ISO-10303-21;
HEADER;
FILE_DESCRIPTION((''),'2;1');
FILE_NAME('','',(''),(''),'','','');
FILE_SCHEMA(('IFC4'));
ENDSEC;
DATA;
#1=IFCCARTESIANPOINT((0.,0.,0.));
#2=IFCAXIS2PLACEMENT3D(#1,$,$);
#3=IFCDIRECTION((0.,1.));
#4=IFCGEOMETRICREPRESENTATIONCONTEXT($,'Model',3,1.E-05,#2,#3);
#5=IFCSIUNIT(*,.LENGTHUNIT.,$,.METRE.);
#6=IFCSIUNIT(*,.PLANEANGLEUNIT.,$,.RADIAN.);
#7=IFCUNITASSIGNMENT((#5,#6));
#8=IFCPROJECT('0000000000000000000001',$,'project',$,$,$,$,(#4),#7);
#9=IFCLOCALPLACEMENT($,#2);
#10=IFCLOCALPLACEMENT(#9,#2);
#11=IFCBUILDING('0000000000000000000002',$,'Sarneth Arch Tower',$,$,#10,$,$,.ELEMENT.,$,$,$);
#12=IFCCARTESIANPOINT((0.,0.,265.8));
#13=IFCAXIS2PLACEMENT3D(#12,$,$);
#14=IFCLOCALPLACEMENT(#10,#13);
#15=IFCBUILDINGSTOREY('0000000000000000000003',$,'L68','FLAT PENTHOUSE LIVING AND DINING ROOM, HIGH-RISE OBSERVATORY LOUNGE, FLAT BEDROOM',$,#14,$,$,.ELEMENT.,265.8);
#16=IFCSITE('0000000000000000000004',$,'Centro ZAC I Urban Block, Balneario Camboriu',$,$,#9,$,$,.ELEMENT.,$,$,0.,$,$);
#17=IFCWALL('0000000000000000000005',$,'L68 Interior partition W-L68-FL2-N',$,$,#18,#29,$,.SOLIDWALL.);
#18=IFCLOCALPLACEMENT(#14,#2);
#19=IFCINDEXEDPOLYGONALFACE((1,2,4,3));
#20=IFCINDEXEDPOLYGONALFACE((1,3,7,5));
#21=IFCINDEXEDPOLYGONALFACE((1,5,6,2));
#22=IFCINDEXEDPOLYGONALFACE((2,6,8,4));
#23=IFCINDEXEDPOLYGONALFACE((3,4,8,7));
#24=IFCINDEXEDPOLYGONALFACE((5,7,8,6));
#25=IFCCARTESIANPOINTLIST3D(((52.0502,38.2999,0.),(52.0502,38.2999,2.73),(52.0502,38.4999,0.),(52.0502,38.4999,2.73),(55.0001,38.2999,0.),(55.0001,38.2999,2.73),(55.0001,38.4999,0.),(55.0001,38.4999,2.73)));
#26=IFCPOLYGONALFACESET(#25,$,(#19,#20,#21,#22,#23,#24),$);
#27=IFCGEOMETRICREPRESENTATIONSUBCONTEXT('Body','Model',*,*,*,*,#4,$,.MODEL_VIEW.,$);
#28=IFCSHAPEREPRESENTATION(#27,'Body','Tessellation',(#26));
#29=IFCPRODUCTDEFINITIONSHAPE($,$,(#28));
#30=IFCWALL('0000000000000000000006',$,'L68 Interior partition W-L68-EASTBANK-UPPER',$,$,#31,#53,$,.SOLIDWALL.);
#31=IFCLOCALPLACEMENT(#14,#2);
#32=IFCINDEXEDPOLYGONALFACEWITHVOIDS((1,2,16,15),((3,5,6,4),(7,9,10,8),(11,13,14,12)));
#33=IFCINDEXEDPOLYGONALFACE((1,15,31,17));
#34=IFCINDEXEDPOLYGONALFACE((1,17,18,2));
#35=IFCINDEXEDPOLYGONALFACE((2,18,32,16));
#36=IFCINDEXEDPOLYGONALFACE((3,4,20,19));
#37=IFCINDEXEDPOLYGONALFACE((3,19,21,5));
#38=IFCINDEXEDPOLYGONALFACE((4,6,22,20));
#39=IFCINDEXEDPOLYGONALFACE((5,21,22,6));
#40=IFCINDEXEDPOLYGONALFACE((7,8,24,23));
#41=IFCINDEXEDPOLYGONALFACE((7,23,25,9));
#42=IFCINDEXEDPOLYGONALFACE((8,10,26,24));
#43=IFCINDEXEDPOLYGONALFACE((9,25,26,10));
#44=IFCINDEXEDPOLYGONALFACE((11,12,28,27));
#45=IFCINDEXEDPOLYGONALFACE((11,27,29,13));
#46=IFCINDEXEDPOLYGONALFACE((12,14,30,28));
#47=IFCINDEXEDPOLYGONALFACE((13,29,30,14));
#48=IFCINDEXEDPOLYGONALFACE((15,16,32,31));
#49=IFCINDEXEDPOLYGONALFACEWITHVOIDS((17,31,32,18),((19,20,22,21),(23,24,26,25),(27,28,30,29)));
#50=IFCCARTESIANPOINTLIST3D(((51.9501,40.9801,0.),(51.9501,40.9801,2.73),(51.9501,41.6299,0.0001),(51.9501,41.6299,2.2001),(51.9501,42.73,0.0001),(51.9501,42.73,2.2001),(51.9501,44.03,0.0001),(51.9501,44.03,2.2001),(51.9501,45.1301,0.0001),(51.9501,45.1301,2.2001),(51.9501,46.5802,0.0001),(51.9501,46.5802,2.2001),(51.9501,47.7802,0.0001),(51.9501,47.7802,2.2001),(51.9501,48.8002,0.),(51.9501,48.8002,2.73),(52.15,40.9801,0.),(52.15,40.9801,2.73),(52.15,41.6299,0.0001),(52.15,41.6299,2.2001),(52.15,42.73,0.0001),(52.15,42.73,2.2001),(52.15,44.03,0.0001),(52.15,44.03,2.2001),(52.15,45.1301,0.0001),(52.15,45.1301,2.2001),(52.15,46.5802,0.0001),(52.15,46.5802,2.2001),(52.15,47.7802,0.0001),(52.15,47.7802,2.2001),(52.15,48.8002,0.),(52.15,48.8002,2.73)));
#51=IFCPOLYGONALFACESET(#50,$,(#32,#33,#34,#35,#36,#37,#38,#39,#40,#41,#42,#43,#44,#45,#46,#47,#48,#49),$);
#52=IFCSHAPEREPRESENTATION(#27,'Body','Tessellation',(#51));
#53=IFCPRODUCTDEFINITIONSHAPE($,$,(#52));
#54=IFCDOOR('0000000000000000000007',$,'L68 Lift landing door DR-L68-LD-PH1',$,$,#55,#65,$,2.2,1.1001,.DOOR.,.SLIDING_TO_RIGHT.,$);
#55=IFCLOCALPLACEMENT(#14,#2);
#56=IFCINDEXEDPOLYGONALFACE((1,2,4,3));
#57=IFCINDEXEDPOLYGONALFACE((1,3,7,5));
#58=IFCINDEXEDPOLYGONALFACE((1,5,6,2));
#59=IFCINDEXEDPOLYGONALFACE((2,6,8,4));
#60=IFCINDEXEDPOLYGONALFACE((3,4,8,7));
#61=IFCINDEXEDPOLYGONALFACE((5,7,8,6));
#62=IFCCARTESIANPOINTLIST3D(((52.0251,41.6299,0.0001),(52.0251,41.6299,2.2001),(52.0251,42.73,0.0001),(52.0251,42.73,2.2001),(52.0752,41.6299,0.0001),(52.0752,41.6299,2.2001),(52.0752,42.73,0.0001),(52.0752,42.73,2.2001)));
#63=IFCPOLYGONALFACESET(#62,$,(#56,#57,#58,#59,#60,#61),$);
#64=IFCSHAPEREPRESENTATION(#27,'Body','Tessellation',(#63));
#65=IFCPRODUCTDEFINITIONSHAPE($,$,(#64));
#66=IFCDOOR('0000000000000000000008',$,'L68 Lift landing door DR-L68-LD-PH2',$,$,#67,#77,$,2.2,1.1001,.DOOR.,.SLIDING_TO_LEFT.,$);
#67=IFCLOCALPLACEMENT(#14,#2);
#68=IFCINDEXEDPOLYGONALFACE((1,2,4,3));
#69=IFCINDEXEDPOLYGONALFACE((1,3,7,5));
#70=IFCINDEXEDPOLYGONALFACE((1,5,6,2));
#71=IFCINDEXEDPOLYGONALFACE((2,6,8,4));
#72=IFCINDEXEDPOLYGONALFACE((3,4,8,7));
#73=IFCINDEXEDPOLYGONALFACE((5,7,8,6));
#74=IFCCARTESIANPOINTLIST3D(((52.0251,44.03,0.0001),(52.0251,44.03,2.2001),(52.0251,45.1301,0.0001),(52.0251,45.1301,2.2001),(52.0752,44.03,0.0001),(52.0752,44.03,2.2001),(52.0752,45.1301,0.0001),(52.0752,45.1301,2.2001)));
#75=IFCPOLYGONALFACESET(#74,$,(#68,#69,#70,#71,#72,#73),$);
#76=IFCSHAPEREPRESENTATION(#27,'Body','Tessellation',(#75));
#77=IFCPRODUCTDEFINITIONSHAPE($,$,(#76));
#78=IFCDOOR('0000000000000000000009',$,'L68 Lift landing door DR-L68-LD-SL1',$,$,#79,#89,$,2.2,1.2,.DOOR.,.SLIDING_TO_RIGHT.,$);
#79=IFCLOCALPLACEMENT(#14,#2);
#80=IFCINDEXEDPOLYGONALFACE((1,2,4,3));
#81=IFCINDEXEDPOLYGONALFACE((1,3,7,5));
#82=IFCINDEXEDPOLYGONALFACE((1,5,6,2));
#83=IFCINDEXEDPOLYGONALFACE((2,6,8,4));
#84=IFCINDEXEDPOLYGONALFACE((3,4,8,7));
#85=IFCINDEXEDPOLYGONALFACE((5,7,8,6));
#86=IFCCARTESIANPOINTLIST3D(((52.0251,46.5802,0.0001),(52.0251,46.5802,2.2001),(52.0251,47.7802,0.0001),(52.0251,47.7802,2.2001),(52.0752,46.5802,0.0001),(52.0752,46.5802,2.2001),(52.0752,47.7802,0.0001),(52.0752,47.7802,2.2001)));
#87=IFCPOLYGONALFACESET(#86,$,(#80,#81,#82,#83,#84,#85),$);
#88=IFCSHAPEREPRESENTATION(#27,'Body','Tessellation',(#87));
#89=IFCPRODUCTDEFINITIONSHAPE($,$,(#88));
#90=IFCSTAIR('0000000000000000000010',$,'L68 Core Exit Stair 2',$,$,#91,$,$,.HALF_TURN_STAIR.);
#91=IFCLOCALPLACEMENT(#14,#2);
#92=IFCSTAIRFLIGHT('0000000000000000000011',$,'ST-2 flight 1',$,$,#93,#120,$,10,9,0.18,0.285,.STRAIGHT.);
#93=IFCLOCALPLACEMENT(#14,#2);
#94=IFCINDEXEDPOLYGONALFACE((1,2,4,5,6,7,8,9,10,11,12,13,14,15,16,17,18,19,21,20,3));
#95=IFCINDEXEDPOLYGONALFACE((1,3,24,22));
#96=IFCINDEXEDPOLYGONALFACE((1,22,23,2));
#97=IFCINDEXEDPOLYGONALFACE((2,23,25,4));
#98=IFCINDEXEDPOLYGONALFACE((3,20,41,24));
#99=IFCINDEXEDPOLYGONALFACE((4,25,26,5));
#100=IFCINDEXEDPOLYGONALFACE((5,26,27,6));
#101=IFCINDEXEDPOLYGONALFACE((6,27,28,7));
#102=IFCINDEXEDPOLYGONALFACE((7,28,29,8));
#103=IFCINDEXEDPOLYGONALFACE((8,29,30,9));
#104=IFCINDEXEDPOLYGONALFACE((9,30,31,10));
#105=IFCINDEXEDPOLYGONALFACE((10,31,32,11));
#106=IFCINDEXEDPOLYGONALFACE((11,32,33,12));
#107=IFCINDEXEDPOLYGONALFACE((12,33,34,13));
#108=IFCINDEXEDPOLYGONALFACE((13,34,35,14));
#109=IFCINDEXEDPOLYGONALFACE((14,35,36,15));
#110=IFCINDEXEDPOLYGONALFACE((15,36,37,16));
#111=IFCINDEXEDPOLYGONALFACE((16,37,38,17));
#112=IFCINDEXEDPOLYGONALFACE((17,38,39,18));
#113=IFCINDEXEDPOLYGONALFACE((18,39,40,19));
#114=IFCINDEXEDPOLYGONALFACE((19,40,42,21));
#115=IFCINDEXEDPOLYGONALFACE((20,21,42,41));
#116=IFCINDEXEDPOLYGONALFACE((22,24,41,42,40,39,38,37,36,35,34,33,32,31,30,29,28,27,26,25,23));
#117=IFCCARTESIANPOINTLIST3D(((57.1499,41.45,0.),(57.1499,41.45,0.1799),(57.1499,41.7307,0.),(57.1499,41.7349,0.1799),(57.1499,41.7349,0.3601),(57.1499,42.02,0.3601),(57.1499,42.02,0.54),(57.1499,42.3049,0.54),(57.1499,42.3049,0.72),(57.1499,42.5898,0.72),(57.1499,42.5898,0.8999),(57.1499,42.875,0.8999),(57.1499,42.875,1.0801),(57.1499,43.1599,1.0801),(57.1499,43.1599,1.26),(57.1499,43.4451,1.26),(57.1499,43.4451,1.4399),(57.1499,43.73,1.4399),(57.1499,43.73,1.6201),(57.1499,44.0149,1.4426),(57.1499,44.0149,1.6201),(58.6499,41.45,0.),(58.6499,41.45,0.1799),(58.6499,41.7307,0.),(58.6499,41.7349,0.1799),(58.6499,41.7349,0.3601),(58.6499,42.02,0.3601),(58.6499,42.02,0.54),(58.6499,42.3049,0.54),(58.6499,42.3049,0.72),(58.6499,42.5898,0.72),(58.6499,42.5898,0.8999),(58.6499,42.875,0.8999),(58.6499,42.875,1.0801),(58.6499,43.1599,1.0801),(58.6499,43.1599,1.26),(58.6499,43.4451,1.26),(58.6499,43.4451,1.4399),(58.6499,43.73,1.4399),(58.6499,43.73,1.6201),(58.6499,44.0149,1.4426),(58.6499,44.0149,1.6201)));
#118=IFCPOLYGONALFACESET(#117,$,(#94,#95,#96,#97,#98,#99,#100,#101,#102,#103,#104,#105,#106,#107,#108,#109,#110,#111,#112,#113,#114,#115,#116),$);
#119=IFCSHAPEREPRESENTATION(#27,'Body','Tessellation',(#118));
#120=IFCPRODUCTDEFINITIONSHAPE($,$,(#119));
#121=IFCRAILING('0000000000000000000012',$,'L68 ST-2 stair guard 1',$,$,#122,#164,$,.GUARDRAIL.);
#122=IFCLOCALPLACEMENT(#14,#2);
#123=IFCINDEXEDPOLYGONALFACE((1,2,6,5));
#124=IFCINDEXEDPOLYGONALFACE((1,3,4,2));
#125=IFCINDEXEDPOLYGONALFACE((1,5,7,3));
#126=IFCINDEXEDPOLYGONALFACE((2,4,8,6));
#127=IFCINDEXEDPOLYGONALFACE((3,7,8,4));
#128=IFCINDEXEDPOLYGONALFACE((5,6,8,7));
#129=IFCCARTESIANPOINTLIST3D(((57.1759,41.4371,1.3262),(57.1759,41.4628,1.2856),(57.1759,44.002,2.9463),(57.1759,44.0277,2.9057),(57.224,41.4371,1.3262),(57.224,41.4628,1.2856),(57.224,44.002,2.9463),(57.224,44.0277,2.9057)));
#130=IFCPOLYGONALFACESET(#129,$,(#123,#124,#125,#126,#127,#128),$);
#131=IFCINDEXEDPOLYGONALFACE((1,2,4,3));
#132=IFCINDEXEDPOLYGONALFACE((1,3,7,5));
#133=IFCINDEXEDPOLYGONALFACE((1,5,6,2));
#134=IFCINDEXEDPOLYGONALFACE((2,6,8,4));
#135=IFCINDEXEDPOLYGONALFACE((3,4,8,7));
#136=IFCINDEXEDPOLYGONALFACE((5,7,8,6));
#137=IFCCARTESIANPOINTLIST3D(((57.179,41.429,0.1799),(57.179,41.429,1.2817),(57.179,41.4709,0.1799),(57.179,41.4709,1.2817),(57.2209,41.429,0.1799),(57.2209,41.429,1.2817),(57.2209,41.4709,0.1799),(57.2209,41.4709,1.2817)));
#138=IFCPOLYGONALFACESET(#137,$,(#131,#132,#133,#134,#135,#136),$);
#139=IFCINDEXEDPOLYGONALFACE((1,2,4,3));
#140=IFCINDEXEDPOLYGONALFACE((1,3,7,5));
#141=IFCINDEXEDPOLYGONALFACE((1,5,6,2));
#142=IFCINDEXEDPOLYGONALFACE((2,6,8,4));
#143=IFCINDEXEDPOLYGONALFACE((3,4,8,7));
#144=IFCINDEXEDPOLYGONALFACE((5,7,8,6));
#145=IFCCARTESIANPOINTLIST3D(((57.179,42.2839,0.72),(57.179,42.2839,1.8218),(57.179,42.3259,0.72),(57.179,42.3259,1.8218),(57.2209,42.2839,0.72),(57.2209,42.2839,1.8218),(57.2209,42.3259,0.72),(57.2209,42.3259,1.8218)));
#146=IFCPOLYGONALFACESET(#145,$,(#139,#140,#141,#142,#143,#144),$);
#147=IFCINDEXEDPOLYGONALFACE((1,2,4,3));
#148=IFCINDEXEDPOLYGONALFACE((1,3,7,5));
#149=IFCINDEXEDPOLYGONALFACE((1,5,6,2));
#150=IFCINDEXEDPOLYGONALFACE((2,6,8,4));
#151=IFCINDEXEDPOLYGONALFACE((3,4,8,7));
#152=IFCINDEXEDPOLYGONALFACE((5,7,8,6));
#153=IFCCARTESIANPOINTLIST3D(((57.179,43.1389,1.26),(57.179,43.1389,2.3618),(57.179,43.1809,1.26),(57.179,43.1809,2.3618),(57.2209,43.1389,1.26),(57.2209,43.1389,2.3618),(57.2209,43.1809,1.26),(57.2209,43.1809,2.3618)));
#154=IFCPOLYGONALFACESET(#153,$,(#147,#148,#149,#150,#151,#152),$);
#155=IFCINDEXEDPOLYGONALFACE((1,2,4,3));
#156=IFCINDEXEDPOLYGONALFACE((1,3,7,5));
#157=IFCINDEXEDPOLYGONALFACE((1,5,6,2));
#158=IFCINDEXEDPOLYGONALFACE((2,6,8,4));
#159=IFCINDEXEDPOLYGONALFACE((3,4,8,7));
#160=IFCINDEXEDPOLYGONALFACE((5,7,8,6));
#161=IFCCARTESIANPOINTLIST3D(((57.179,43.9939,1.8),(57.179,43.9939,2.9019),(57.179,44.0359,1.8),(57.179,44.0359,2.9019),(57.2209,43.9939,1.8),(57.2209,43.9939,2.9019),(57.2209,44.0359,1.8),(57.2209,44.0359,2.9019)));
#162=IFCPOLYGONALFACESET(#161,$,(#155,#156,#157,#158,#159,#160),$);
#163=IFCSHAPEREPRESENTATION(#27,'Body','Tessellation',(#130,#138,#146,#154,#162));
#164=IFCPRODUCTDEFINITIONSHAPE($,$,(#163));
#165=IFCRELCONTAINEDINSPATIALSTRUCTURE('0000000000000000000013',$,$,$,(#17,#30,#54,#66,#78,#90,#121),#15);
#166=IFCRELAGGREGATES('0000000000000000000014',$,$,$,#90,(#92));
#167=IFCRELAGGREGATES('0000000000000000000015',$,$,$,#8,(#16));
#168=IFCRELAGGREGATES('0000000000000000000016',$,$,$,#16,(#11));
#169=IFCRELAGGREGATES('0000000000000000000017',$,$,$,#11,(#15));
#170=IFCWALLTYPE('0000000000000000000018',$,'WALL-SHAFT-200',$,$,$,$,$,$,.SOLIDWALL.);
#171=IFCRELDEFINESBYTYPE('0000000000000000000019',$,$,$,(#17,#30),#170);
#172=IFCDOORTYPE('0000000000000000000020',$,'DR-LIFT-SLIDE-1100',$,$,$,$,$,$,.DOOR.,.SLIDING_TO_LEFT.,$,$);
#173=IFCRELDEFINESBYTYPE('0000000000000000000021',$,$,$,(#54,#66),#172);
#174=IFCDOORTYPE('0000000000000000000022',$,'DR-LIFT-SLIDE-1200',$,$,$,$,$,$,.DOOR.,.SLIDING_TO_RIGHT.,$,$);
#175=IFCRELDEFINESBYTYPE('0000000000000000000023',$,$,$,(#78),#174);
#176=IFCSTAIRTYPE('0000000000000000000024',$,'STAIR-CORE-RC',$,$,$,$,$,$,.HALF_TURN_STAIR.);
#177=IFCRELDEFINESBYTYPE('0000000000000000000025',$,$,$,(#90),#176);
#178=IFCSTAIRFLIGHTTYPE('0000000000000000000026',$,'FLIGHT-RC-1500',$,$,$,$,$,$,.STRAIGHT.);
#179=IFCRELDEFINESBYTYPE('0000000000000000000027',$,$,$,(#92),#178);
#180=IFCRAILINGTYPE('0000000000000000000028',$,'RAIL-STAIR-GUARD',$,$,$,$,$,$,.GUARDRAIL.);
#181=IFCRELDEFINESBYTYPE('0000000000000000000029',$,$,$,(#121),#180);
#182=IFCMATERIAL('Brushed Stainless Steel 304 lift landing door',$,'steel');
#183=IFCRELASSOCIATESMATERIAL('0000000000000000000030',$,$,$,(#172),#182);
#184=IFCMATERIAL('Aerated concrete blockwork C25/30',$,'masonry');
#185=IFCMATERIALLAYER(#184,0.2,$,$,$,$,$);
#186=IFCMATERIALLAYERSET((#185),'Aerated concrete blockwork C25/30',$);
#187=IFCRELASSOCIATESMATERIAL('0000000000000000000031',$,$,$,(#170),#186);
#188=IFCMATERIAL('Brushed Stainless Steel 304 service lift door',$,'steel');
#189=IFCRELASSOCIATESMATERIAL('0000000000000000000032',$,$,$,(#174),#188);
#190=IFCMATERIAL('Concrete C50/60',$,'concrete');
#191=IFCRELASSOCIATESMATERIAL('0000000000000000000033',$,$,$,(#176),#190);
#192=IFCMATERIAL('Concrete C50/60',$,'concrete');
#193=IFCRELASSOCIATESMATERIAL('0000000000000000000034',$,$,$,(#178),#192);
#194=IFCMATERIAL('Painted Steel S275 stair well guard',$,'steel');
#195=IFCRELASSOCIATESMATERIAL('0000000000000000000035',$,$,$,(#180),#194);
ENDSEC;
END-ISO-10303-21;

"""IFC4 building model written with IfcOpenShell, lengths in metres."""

from ifc_helpers import new_model, si_unit, direction, frame, frame_2d, origin, origin_2d, place, context, subcontext, project, spatial, polyline, rectangle, outline, extrude, material, layer, layer_set, type_object, element, fill, aggregate, save


model = new_model("IFC4")

# Units and contexts
model_context = context("Model", 3, precision=1e-05, world=origin(), true_north=direction((0.0, 1.0)))
body_context = subcontext(model_context, "Body", "Model", "MODEL_VIEW")
ifc_project = project(units=[si_unit("LENGTHUNIT", "METRE"), si_unit("PLANEANGLEUNIT", "RADIAN")], contexts=[model_context])

# Site, building, storey
site_placement = place(None, origin())
site = spatial("IfcSite", under=ifc_project, at=site_placement, Name="Centro ZAC I Urban Block, Balneario Camboriu", CompositionType="ELEMENT", RefElevation=0.0)
building_placement = place(site_placement, origin())
building = spatial("IfcBuilding", under=site, at=building_placement, Name="Sarneth Arch Tower", CompositionType="ELEMENT")
storey_placement = place(building_placement, frame((0.0, 0.0, 265.8)))
storey = spatial("IfcBuildingStorey", under=building, at=storey_placement, Name="L68", Description="FLAT PENTHOUSE LIVING AND DINING ROOM, HIGH-RISE OBSERVATORY LOUNGE, FLAT BEDROOM", CompositionType="ELEMENT", Elevation=265.8)

# Shared definitions
ifc_material_1 = material(Name="Brushed Stainless Steel 304 lift landing door", Category="steel")
door_type_1 = type_object("IfcDoorType", Name="DR-LIFT-SLIDE-1100", OperationType="SLIDING_TO_LEFT", PredefinedType="DOOR", material=ifc_material_1)

# Shared definitions
ifc_material_2 = material(Name="Aerated concrete blockwork C25/30", Category="masonry")
ifc_layer_1 = layer(ifc_material_2, 0.2)
ifc_layer_set_1 = layer_set([ifc_layer_1], Name="Aerated concrete blockwork C25/30")
wall_type_1 = type_object("IfcWallType", Name="WALL-SHAFT-200", PredefinedType="SOLIDWALL", material=ifc_layer_set_1)

# Wall
wall_1_placement = place(storey_placement, frame((52.05, 38.3999, 0.0), z_axis=(0.0, 0.0, 1.0), x_axis=(1.0, 0.0, 0.0)))
element("IfcWall", 1, at=wall_1_placement, inside=storey, type_object=wall_type_1, Name="L68 Interior partition W-L68-FL2-N", PredefinedType="SOLIDWALL", context=body_context, shape_type="SweptSolid", body=[
    extrude(rectangle(XDim=2.95, YDim=0.2, at=frame_2d((1.4751, 0.0))), origin(), (0.0, 0.0, 1.0), 2.73),
])

# Wall, openings, doors
wall_2_placement = place(storey_placement, frame((52.05, 40.98, 0.0), z_axis=(0.0, 0.0, 1.0), x_axis=(0.0, 1.0, 0.0)))
wall_2 = element("IfcWall", 2, at=wall_2_placement, inside=storey, type_object=wall_type_1, Name="L68 Interior partition W-L68-EASTBANK-UPPER", PredefinedType="SOLIDWALL", context=body_context, shape_type="SweptSolid", body=[
    extrude(rectangle(XDim=7.8201, YDim=0.2, at=frame_2d((3.9102, 0.0))), origin(), (0.0, 0.0, 1.0), 2.73),
])
opening_1_placement = place(wall_2_placement, frame((0.6499, 0.0, 0.0)))
opening_1 = element("IfcOpeningElement", 3, at=opening_1_placement, cuts=wall_2, PredefinedType="OPENING", context=body_context, shape_type="SweptSolid", body=[
    extrude(rectangle(XDim=1.1001, YDim=2.2, at=frame_2d((0.55, 1.1001))), frame((0.0, 0.1099, 0.0), z_axis=(0.0, -1.0, 0.0), x_axis=(1.0, 0.0, 0.0)), (0.0, 0.0, 1.0), 0.22),
])
opening_2_placement = place(wall_2_placement, frame((3.05, 0.0, 0.0)))
opening_2 = element("IfcOpeningElement", 4, at=opening_2_placement, cuts=wall_2, PredefinedType="OPENING", context=body_context, shape_type="SweptSolid", body=[
    extrude(rectangle(XDim=1.1001, YDim=2.2, at=frame_2d((0.55, 1.1001))), frame((0.0, 0.1099, 0.0), z_axis=(0.0, -1.0, 0.0), x_axis=(1.0, 0.0, 0.0)), (0.0, 0.0, 1.0), 0.22),
])
opening_3_placement = place(wall_2_placement, frame((5.6001, 0.0, 0.0)))
opening_3 = element("IfcOpeningElement", 5, at=opening_3_placement, cuts=wall_2, PredefinedType="OPENING", context=body_context, shape_type="SweptSolid", body=[
    extrude(rectangle(XDim=1.2, YDim=2.2, at=frame_2d((0.6001, 1.1001))), frame((0.0, 0.1099, 0.0), z_axis=(0.0, -1.0, 0.0), x_axis=(1.0, 0.0, 0.0)), (0.0, 0.0, 1.0), 0.22),
])
door_1_placement = place(opening_1_placement, origin())
door_1 = element("IfcDoor", 6, at=door_1_placement, inside=storey, type_object=door_type_1, Name="L68 Lift landing door DR-L68-LD-PH1", OperationType="SLIDING_TO_RIGHT", OverallHeight=2.2, OverallWidth=1.1001, PredefinedType="DOOR", context=body_context, shape_type="SweptSolid", body=[
    extrude(rectangle(XDim=1.1001, YDim=2.2, at=frame_2d((0.55, 1.1001))), frame((0.0, 0.0249, 0.0), z_axis=(0.0, -1.0, 0.0), x_axis=(1.0, 0.0, 0.0)), (0.0, 0.0, 1.0), 0.05),
])
fill(opening_1, door_1)
door_2_placement = place(opening_2_placement, origin())
door_2 = element("IfcDoor", 7, at=door_2_placement, inside=storey, type_object=door_type_1, Name="L68 Lift landing door DR-L68-LD-PH2", OperationType="SLIDING_TO_LEFT", OverallHeight=2.2, OverallWidth=1.1001, PredefinedType="DOOR", context=body_context, shape_type="SweptSolid", body=[
    extrude(rectangle(XDim=1.1001, YDim=2.2, at=frame_2d((0.55, 1.1001))), frame((0.0, 0.0249, 0.0), z_axis=(0.0, -1.0, 0.0), x_axis=(1.0, 0.0, 0.0)), (0.0, 0.0, 1.0), 0.05),
])
fill(opening_2, door_2)
ifc_material_3 = material(Name="Brushed Stainless Steel 304 service lift door", Category="steel")
door_type_2 = type_object("IfcDoorType", Name="DR-LIFT-SLIDE-1200", OperationType="SLIDING_TO_RIGHT", PredefinedType="DOOR", material=ifc_material_3)
door_3_placement = place(opening_3_placement, origin())
door_3 = element("IfcDoor", 8, at=door_3_placement, inside=storey, type_object=door_type_2, Name="L68 Lift landing door DR-L68-LD-SL1", OperationType="SLIDING_TO_RIGHT", OverallHeight=2.2, OverallWidth=1.2, PredefinedType="DOOR", context=body_context, shape_type="SweptSolid", body=[
    extrude(rectangle(XDim=1.2, YDim=2.2, at=frame_2d((0.6001, 1.1001))), frame((0.0, 0.0249, 0.0), z_axis=(0.0, -1.0, 0.0), x_axis=(1.0, 0.0, 0.0)), (0.0, 0.0, 1.0), 0.05),
])
fill(opening_3, door_3)

# Stair, stair flight
ifc_material_4 = material(Name="Concrete C50/60", Category="concrete")
stair_type = type_object("IfcStairType", Name="STAIR-CORE-RC", PredefinedType="HALF_TURN_STAIR", material=ifc_material_4)
stair_placement = place(storey_placement, origin())
stair = element("IfcStair", 9, at=stair_placement, inside=storey, type_object=stair_type, Name="L68 Core Exit Stair 2", PredefinedType="HALF_TURN_STAIR")
ifc_material_5 = material(Name="Concrete C50/60", Category="concrete")
stair_flight_type = type_object("IfcStairFlightType", Name="FLIGHT-RC-1500", PredefinedType="STRAIGHT", material=ifc_material_5)
stair_flight_placement = place(storey_placement, frame((57.8999, 41.45, 0.0), z_axis=(0.0, 0.0, 1.0), x_axis=(0.0, 1.0, 0.0)))
stair_flight = element("IfcStairFlight", 10, at=stair_flight_placement, type_object=stair_flight_type, Name="ST-2 flight 1", NumberOfRisers=10, NumberOfTreads=9, PredefinedType="STRAIGHT", RiserHeight=0.18, TreadLength=0.285, context=body_context, shape_type="SweptSolid", body=[
    extrude(outline(polyline([(0.0, 0.0), (0.0, 0.1799), (0.2849, 0.1799), (0.2849, 0.3601), (0.5701, 0.3601), (0.5701, 0.54), (0.855, 0.54), (0.855, 0.72), (1.1399, 0.72), (1.1399, 0.8999), (1.425, 0.8999), (1.425, 1.0801), (1.71, 1.0801), (1.71, 1.26), (1.9951, 1.26), (1.9951, 1.4399), (2.28, 1.4399), (2.28, 1.6201), (2.5649, 1.6201), (2.5649, 1.8), (2.5649, 1.4426), (0.2808, 0.0), (0.0, 0.0)])), frame((0.0, 0.75, 0.0), z_axis=(0.0, -1.0, 0.0), x_axis=(1.0, 0.0, 0.0)), (0.0, 0.0, 1.0), 1.5),
])
aggregate(stair, [stair_flight])

# Railing
ifc_material_6 = material(Name="Painted Steel S275 stair well guard", Category="steel")
railing_type = type_object("IfcRailingType", Name="RAIL-STAIR-GUARD", PredefinedType="GUARDRAIL", material=ifc_material_6)
railing_1_placement = place(storey_placement, frame((57.2, 41.45, 0.1799)))
element("IfcRailing", 11, at=railing_1_placement, inside=storey, type_object=railing_type, Name="L68 ST-2 stair guard 1", PredefinedType="GUARDRAIL", context=body_context, shape_type="SweptSolid", body=[
    extrude(rectangle(XDim=0.0481, YDim=0.0481, at=origin_2d()), frame((0.0, 0.0, 1.126), z_axis=(0.0, 0.845466, 0.534029), x_axis=(-1.0, 0.0, 0.0)), (0.0, 0.0, 1.0), 3.0337),
    extrude(rectangle(XDim=0.042, YDim=0.042, at=origin_2d()), origin(), (0.0, 0.0, 1.0), 1.1018),
    extrude(rectangle(XDim=0.042, YDim=0.042, at=origin_2d()), frame((0.0, 0.855, 0.54)), (0.0, 0.0, 1.0), 1.1018),
    extrude(rectangle(XDim=0.042, YDim=0.042, at=origin_2d()), frame((0.0, 1.71, 1.0801)), (0.0, 0.0, 1.0), 1.1018),
    extrude(rectangle(XDim=0.042, YDim=0.042, at=origin_2d()), frame((0.0, 2.5649, 1.6201)), (0.0, 0.0, 1.0), 1.1018),
])

save(model, "model.ifc")
